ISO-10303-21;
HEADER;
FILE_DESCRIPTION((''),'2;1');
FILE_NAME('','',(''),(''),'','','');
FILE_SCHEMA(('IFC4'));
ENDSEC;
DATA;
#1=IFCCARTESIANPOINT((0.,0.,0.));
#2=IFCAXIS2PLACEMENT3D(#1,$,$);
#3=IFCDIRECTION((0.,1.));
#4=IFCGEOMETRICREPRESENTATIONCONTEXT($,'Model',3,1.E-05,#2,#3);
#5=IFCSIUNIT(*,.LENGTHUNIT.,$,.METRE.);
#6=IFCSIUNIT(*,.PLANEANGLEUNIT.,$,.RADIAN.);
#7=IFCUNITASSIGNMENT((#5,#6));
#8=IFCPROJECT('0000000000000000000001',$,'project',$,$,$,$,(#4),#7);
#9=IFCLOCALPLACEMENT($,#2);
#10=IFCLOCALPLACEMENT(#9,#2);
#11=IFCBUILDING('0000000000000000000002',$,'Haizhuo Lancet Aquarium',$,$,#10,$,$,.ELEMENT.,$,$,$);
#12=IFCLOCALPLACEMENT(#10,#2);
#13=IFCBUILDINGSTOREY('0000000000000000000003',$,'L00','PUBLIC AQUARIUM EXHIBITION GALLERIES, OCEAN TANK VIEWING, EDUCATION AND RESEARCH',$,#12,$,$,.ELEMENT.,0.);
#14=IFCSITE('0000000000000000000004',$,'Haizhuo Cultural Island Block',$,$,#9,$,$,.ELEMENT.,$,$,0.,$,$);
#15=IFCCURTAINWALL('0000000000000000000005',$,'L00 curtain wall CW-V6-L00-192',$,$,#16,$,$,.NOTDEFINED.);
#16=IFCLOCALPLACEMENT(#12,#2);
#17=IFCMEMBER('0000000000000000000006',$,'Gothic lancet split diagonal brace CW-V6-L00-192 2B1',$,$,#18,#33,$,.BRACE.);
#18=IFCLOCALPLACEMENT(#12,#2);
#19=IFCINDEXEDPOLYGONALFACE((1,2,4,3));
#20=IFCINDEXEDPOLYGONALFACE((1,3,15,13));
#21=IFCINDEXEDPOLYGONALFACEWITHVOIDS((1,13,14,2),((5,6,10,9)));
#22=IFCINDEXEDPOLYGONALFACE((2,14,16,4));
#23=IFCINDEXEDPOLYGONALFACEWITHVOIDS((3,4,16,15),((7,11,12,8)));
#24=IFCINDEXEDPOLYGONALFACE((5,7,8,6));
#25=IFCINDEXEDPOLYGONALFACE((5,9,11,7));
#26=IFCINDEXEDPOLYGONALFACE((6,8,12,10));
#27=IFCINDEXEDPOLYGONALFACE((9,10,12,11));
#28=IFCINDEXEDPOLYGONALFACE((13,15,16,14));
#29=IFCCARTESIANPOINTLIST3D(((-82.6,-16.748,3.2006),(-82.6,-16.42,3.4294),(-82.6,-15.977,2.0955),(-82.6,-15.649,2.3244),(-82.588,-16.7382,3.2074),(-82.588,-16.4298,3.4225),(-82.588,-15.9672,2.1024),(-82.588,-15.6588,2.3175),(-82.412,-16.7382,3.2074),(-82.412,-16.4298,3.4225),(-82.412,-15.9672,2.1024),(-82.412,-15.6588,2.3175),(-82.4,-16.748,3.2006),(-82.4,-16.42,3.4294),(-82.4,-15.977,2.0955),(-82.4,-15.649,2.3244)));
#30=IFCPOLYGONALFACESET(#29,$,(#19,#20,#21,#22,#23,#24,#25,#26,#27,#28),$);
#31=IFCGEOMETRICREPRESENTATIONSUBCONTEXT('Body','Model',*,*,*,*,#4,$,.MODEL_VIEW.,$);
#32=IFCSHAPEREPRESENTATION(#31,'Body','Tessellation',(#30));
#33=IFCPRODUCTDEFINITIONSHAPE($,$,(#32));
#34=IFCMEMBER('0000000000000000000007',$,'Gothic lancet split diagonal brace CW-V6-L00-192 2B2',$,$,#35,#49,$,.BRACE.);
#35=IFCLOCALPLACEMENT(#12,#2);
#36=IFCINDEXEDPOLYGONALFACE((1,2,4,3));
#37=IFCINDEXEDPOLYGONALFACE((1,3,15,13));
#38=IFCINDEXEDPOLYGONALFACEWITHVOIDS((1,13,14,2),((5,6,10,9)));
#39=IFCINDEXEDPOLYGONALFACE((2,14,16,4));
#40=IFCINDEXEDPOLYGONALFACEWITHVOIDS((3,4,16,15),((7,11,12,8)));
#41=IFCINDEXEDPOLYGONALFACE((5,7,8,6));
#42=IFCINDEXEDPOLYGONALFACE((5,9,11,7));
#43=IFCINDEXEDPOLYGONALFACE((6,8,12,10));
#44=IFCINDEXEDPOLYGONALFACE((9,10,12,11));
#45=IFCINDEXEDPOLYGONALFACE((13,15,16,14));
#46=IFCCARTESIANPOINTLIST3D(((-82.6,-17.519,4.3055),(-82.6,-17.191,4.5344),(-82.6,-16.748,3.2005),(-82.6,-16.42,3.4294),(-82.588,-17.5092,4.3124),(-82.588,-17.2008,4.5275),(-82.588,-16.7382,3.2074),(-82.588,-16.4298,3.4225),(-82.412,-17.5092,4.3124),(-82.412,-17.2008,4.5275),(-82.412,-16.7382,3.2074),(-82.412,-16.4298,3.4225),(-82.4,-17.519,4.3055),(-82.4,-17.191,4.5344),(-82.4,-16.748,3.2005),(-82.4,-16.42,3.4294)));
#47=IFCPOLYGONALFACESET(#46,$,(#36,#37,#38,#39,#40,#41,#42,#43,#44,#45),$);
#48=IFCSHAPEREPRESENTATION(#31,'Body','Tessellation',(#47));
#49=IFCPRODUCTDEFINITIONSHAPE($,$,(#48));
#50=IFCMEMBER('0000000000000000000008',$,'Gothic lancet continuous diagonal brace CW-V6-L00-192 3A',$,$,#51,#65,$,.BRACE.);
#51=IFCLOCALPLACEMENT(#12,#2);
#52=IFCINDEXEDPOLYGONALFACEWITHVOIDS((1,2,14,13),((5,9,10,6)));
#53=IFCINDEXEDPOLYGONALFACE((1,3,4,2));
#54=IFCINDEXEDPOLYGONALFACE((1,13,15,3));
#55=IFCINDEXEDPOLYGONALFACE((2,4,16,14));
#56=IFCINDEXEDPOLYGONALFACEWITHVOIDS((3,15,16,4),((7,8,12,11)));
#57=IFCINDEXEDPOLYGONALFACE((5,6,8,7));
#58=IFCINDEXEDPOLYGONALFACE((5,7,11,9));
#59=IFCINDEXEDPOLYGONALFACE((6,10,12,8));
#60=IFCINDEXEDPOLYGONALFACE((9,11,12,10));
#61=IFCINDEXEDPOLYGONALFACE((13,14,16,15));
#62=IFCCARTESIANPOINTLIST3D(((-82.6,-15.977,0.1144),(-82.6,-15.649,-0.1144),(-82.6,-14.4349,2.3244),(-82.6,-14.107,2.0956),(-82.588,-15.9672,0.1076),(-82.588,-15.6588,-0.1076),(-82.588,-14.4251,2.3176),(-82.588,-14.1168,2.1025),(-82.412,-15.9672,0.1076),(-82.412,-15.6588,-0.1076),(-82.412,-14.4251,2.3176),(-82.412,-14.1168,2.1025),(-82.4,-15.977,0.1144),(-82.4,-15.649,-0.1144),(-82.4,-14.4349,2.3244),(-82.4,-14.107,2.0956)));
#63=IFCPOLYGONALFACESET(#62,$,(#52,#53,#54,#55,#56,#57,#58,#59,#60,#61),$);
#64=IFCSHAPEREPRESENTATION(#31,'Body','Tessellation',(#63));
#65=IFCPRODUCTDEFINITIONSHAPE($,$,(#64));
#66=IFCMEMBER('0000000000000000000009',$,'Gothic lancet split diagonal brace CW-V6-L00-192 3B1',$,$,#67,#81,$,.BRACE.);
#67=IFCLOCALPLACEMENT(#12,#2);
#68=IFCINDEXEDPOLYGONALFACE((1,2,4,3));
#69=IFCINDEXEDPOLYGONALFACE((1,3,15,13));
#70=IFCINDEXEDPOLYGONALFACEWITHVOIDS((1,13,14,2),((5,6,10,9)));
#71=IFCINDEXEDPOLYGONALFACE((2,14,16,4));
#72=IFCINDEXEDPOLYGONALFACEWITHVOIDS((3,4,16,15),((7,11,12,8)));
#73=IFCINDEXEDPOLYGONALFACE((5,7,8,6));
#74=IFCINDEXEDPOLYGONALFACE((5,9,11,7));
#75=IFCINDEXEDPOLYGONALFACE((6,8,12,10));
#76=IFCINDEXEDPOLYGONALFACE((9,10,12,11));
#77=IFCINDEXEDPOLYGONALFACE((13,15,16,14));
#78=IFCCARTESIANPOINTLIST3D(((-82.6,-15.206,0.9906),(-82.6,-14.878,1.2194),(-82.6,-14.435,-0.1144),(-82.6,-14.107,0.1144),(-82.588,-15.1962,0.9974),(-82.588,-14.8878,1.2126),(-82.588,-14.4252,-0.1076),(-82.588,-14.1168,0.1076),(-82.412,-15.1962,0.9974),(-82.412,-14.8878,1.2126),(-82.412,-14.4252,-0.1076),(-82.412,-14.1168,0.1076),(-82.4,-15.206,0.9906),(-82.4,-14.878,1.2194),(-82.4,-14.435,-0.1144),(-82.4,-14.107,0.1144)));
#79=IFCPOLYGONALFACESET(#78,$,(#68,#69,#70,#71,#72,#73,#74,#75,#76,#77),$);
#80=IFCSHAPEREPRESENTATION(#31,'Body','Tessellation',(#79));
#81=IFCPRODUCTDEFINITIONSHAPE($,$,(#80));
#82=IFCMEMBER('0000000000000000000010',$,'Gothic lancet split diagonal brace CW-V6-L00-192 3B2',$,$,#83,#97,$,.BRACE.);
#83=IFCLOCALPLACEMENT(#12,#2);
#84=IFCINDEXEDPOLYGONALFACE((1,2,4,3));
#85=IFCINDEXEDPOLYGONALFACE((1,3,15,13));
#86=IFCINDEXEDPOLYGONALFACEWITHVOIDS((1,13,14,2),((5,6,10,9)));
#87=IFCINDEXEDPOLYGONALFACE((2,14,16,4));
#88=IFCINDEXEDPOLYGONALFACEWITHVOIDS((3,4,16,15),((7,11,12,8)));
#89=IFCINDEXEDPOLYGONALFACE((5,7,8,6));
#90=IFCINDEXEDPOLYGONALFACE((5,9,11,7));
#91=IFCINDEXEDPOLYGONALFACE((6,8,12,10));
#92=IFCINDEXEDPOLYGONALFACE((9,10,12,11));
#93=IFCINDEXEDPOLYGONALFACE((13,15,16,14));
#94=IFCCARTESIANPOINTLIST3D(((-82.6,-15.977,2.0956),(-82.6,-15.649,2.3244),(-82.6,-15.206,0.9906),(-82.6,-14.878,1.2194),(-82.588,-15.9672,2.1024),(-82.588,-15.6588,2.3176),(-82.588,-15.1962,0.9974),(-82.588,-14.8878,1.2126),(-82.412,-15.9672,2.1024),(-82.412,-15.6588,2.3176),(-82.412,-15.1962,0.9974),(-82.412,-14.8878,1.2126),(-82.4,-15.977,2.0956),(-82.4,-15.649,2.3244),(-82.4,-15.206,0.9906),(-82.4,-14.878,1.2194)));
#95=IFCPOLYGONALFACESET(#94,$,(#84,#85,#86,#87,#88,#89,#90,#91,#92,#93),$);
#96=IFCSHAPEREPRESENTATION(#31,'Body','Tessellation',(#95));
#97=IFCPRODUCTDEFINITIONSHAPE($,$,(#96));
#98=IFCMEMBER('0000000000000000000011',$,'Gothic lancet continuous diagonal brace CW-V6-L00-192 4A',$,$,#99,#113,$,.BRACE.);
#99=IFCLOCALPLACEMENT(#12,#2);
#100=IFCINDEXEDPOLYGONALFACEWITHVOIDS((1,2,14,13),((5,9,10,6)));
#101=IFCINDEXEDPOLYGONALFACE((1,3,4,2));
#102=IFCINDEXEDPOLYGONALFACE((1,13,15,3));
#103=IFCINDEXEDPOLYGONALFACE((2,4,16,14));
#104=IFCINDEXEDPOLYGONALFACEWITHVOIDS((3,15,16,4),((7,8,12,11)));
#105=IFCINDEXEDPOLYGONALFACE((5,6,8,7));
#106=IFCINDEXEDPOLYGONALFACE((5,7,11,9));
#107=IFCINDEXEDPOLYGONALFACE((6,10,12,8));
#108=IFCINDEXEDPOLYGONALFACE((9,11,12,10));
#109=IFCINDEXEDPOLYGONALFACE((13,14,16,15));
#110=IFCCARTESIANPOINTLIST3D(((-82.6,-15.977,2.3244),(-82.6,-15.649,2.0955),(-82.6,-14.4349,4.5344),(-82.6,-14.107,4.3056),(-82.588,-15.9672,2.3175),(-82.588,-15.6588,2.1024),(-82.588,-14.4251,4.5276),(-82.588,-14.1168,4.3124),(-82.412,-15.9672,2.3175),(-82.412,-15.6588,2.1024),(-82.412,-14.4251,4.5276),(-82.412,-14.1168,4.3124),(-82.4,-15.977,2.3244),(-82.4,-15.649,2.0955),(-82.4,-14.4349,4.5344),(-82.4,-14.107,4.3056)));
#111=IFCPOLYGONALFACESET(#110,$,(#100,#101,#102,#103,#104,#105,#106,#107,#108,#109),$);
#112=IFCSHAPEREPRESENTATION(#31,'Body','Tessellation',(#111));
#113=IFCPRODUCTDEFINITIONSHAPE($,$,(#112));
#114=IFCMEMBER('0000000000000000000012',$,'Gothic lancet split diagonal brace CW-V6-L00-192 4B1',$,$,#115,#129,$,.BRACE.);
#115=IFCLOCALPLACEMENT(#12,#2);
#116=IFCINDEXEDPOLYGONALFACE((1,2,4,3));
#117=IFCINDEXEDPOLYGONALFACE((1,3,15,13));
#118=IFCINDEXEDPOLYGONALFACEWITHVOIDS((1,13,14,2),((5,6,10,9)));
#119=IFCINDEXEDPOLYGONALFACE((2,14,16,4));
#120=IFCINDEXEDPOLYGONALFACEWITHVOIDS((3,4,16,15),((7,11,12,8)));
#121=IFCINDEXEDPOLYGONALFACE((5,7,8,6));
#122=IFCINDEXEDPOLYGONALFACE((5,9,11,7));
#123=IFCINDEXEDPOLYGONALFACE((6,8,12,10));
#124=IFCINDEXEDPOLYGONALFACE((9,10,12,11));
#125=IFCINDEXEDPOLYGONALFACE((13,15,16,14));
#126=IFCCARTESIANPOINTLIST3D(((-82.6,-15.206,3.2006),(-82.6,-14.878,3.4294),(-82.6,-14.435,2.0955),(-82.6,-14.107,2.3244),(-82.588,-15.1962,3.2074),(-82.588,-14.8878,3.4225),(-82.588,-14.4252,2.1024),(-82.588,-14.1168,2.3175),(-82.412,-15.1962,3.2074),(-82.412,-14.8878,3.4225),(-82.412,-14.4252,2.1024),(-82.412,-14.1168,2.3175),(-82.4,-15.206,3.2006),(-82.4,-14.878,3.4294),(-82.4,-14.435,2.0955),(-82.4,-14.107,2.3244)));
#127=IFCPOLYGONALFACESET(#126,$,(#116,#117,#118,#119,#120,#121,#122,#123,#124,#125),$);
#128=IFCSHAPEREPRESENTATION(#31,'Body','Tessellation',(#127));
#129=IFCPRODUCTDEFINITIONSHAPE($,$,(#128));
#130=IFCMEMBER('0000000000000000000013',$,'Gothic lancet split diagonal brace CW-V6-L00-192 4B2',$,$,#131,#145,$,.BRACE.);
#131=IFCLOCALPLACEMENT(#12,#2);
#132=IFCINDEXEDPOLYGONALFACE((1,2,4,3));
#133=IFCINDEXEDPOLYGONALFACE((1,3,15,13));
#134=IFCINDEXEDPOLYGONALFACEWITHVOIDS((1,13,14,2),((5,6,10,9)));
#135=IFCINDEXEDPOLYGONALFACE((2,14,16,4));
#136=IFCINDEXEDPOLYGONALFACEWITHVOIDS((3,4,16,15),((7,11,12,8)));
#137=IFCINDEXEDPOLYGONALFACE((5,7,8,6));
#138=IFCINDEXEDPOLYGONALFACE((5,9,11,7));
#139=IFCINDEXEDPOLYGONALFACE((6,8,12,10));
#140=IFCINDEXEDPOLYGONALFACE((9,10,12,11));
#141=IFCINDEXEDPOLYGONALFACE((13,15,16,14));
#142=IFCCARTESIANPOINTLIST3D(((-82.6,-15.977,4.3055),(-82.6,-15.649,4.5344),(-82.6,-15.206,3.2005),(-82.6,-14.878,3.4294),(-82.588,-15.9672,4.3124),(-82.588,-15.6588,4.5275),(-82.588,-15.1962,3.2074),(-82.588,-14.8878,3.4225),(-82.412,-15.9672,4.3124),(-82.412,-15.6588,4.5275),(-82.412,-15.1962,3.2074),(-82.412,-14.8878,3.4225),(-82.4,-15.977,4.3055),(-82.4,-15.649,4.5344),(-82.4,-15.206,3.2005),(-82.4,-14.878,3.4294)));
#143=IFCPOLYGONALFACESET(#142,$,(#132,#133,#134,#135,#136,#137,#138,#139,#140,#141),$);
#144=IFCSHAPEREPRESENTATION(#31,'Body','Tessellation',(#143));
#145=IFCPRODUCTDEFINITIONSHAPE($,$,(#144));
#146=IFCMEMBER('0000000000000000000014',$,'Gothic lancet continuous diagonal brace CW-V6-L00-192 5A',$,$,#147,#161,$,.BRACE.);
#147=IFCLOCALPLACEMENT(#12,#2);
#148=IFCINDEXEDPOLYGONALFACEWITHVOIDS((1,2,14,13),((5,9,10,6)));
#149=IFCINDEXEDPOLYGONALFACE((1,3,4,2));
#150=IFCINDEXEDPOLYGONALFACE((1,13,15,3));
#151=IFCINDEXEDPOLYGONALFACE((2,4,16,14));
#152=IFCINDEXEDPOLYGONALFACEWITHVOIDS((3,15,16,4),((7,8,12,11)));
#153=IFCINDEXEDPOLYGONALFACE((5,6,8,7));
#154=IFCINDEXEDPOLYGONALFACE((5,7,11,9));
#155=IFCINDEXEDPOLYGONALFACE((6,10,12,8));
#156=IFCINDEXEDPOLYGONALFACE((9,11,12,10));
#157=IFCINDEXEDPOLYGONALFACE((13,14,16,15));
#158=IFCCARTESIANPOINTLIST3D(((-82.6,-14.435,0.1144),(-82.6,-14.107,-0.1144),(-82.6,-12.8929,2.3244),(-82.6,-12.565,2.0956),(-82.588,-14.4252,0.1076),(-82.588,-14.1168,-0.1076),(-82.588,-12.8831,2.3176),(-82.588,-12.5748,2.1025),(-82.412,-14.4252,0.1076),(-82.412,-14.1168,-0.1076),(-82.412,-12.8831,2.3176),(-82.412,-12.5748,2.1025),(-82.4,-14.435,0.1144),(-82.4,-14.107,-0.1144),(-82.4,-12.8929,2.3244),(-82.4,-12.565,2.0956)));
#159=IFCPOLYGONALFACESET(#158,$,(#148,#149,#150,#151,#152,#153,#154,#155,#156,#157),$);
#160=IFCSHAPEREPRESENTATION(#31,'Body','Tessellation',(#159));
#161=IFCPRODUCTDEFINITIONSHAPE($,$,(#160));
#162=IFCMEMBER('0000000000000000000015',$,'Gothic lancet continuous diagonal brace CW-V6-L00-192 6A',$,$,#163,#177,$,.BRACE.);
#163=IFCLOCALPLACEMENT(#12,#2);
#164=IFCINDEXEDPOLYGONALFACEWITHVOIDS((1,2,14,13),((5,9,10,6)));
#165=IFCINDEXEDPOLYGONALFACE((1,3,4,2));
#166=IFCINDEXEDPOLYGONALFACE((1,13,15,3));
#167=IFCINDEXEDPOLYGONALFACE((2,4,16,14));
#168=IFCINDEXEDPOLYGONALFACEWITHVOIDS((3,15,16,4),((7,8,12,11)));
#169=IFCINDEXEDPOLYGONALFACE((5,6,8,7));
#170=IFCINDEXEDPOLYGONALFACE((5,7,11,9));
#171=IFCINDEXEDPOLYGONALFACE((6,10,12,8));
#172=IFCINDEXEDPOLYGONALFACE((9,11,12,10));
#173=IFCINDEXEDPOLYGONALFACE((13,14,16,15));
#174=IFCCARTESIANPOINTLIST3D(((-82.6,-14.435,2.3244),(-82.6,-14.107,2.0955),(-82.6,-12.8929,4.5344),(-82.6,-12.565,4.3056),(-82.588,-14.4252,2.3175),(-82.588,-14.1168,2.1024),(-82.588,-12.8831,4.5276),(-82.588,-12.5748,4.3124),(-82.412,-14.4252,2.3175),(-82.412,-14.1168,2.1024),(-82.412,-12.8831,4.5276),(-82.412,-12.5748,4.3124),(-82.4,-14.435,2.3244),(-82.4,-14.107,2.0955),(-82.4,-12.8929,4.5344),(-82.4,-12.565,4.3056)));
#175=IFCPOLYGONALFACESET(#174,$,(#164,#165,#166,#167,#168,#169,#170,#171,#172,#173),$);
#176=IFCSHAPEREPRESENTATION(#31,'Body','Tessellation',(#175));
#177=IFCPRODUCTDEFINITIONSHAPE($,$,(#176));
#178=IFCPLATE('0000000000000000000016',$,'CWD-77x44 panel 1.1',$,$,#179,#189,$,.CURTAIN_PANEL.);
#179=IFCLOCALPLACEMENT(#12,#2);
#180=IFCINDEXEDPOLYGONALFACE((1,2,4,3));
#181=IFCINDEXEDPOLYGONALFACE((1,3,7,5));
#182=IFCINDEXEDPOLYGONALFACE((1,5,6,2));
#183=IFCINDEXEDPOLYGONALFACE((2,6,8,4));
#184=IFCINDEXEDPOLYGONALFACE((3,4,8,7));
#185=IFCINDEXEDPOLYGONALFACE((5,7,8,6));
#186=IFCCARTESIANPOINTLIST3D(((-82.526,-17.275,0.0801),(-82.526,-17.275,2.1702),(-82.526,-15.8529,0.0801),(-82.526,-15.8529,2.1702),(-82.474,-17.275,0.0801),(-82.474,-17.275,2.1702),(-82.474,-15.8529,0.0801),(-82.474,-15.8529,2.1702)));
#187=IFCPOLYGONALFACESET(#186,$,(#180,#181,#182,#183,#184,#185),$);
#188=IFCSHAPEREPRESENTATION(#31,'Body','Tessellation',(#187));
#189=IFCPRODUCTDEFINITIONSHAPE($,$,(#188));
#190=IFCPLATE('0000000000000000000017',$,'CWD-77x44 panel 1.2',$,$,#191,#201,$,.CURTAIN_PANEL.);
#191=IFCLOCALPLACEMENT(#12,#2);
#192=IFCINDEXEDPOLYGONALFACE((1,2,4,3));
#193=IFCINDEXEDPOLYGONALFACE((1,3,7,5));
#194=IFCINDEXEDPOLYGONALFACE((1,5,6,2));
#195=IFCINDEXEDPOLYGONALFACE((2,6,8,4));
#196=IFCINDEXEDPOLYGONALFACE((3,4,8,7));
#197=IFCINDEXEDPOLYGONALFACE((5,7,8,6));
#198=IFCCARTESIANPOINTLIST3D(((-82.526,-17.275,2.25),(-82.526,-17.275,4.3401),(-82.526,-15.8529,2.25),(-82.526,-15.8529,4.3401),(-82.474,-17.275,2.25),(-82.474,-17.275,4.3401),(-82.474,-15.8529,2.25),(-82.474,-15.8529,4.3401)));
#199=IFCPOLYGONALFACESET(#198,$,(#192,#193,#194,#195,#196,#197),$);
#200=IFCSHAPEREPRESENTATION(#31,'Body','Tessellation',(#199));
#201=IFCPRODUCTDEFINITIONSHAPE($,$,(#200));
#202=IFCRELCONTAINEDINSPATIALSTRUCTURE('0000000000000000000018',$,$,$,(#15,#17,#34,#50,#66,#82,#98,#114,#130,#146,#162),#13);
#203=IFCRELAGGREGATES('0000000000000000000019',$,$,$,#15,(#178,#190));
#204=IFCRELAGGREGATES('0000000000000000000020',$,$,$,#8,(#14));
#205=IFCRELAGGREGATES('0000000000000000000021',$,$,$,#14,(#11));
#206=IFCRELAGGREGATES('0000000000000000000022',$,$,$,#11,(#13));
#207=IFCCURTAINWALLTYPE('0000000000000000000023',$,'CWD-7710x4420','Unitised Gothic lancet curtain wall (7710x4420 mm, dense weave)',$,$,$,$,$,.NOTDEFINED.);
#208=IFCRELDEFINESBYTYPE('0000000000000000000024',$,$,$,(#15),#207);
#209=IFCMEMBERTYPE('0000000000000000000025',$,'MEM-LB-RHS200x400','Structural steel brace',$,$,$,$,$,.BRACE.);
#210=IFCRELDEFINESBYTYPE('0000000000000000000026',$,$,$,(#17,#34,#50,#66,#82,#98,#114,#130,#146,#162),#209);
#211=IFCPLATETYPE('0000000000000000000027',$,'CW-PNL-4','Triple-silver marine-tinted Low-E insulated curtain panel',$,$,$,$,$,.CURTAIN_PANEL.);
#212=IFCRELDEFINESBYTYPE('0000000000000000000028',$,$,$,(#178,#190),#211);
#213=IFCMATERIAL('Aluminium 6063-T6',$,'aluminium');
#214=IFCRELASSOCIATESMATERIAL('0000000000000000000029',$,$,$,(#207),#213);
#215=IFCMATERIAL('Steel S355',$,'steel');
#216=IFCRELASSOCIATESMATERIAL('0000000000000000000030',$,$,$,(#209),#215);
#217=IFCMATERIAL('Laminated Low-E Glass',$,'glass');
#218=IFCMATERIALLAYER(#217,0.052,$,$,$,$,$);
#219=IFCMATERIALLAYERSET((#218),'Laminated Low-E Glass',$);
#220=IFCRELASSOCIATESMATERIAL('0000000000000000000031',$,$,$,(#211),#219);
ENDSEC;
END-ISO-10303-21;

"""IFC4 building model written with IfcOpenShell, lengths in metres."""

from ifc_helpers import new_model, si_unit, direction, frame, origin, origin_2d, place, context, subcontext, project, spatial, rectangle, hollow_rectangle, extrude, material, layer, layer_set, material_profile, profile_set, type_object, element, aggregate, save


model = new_model("IFC4")

# Units and contexts
model_context = context("Model", 3, precision=1e-05, world=origin(), true_north=direction((0.0, 1.0)))
body_context = subcontext(model_context, "Body", "Model", "MODEL_VIEW")
ifc_project = project(units=[si_unit("LENGTHUNIT", "METRE"), si_unit("PLANEANGLEUNIT", "RADIAN")], contexts=[model_context])

# Site, building, storey
site_placement = place(None, origin())
site = spatial("IfcSite", under=ifc_project, at=site_placement, Name="Haizhuo Cultural Island Block", CompositionType="ELEMENT", RefElevation=0.0)
building_placement = place(site_placement, origin())
building = spatial("IfcBuilding", under=site, at=building_placement, Name="Haizhuo Lancet Aquarium", CompositionType="ELEMENT")
storey_placement = place(building_placement, origin())
storey = spatial("IfcBuildingStorey", under=building, at=storey_placement, Name="L00", Description="PUBLIC AQUARIUM EXHIBITION GALLERIES, OCEAN TANK VIEWING, EDUCATION AND RESEARCH", CompositionType="ELEMENT", Elevation=0.0)

# Shared definitions
ifc_material_1 = material(Name="Steel S355", Category="steel")

# Curtain wall
ifc_material_2 = material(Name="Aluminium 6063-T6", Category="aluminium")
curtain_wall_type = type_object("IfcCurtainWallType", Name="CWD-7710x4420", Description="Unitised Gothic lancet curtain wall (7710x4420 mm, dense weave)", PredefinedType="NOTDEFINED", material=ifc_material_2)
curtain_wall_placement = place(storey_placement, origin())
curtain_wall = element("IfcCurtainWall", 1, at=curtain_wall_placement, inside=storey, type_object=curtain_wall_type, Name="L00 curtain wall CW-V6-L00-192", PredefinedType="NOTDEFINED")

# Members
ifc_material_profile_1 = material_profile(ifc_material_1, hollow_rectangle(XDim=0.2, YDim=0.3999, WallThickness=0.012, at=origin_2d()), Name="RHS 200x400x12")
ifc_profile_set_1 = profile_set([ifc_material_profile_1], Name="Steel S355")
member_type_1 = type_object("IfcMemberType", Name="MEM-LB-RHS200x400", Description="Structural steel brace", PredefinedType="BRACE", material=ifc_profile_set_1)
for number, where, z_axis, x_axis, name in (
    (2, (-82.5, -15.813, 2.21), (0.0, -0.572221, 0.820099), (1.0, 0.0, 0.0), "Gothic lancet split diagonal brace CW-V6-L00-192 2B1"),
    (3, (-82.5, -16.584, 3.3149), (0.0, -0.572221, 0.820099), (1.0, 0.0, 0.0), "Gothic lancet split diagonal brace CW-V6-L00-192 2B2"),
):
    element("IfcMember", number, at=place(storey_placement, frame(where, z_axis=z_axis, x_axis=x_axis)), inside=storey, type_object=member_type_1, Name=name, PredefinedType="BRACE", context=body_context, shape_type="SweptSolid", body=[
        extrude(hollow_rectangle(XDim=0.2, YDim=0.3999, WallThickness=0.012, at=origin_2d()), origin(), (0.0, 0.0, 1.0), 1.3474),
    ])
member_1_placement = place(storey_placement, frame((-82.5, -15.813, 0.0), z_axis=(0.0, 0.572221, 0.820099), x_axis=(-1.0, 0.0, 0.0)))
element("IfcMember", 4, at=member_1_placement, inside=storey, type_object=member_type_1, Name="Gothic lancet continuous diagonal brace CW-V6-L00-192 3A", PredefinedType="BRACE", context=body_context, shape_type="SweptSolid", body=[
    extrude(hollow_rectangle(XDim=0.2, YDim=0.3999, WallThickness=0.012, at=origin_2d()), origin(), (0.0, 0.0, 1.0), 2.6948),
])
for number, where, z_axis, x_axis, name in (
    (5, (-82.5, -14.271, 0.0), (0.0, -0.572221, 0.820099), (1.0, 0.0, 0.0), "Gothic lancet split diagonal brace CW-V6-L00-192 3B1"),
    (6, (-82.5, -15.042, 1.105), (0.0, -0.572221, 0.820099), (1.0, 0.0, 0.0), "Gothic lancet split diagonal brace CW-V6-L00-192 3B2"),
):
    element("IfcMember", number, at=place(storey_placement, frame(where, z_axis=z_axis, x_axis=x_axis)), inside=storey, type_object=member_type_1, Name=name, PredefinedType="BRACE", context=body_context, shape_type="SweptSolid", body=[
        extrude(hollow_rectangle(XDim=0.2, YDim=0.3999, WallThickness=0.012, at=origin_2d()), origin(), (0.0, 0.0, 1.0), 1.3474),
    ])
member_2_placement = place(storey_placement, frame((-82.5, -15.813, 2.21), z_axis=(0.0, 0.572221, 0.820099), x_axis=(-1.0, 0.0, 0.0)))
element("IfcMember", 7, at=member_2_placement, inside=storey, type_object=member_type_1, Name="Gothic lancet continuous diagonal brace CW-V6-L00-192 4A", PredefinedType="BRACE", context=body_context, shape_type="SweptSolid", body=[
    extrude(hollow_rectangle(XDim=0.2, YDim=0.3999, WallThickness=0.012, at=origin_2d()), origin(), (0.0, 0.0, 1.0), 2.6948),
])
for number, where, z_axis, x_axis, name in (
    (8, (-82.5, -14.271, 2.21), (0.0, -0.572221, 0.820099), (1.0, 0.0, 0.0), "Gothic lancet split diagonal brace CW-V6-L00-192 4B1"),
    (9, (-82.5, -15.042, 3.3149), (0.0, -0.572221, 0.820099), (1.0, 0.0, 0.0), "Gothic lancet split diagonal brace CW-V6-L00-192 4B2"),
):
    element("IfcMember", number, at=place(storey_placement, frame(where, z_axis=z_axis, x_axis=x_axis)), inside=storey, type_object=member_type_1, Name=name, PredefinedType="BRACE", context=body_context, shape_type="SweptSolid", body=[
        extrude(hollow_rectangle(XDim=0.2, YDim=0.3999, WallThickness=0.012, at=origin_2d()), origin(), (0.0, 0.0, 1.0), 1.3474),
    ])
for number, where, z_axis, x_axis, name in (
    (10, (-82.5, -14.271, 0.0), (0.0, 0.572221, 0.820099), (-1.0, 0.0, 0.0), "Gothic lancet continuous diagonal brace CW-V6-L00-192 5A"),
    (11, (-82.5, -14.271, 2.21), (0.0, 0.572221, 0.820099), (-1.0, 0.0, 0.0), "Gothic lancet continuous diagonal brace CW-V6-L00-192 6A"),
):
    element("IfcMember", number, at=place(storey_placement, frame(where, z_axis=z_axis, x_axis=x_axis)), inside=storey, type_object=member_type_1, Name=name, PredefinedType="BRACE", context=body_context, shape_type="SweptSolid", body=[
        extrude(hollow_rectangle(XDim=0.2, YDim=0.3999, WallThickness=0.012, at=origin_2d()), origin(), (0.0, 0.0, 1.0), 2.6948),
    ])

# Plates
ifc_material_3 = material(Name="Laminated Low-E Glass", Category="glass")
ifc_layer_1 = layer(ifc_material_3, 0.052)
ifc_layer_set_1 = layer_set([ifc_layer_1], Name="Laminated Low-E Glass")
plate_type = type_object("IfcPlateType", Name="CW-PNL-4", Description="Triple-silver marine-tinted Low-E insulated curtain panel", PredefinedType="CURTAIN_PANEL", material=ifc_layer_set_1)
plate_1_placement = place(storey_placement, frame((-82.5, -16.564, 0.0801), z_axis=(0.0, 0.0, 1.0), x_axis=(0.0, 1.0, 0.0)))
plate_1 = element("IfcPlate", 12, at=plate_1_placement, type_object=plate_type, Name="CWD-77x44 panel 1.1", PredefinedType="CURTAIN_PANEL", context=body_context, shape_type="SweptSolid", body=[
    extrude(rectangle(XDim=1.4221, YDim=0.052, at=origin_2d()), origin(), (0.0, 0.0, 1.0), 2.0901),
])
plate_2_placement = place(storey_placement, frame((-82.5, -16.564, 2.25), z_axis=(0.0, 0.0, 1.0), x_axis=(0.0, 1.0, 0.0)))
plate_2 = element("IfcPlate", 13, at=plate_2_placement, type_object=plate_type, Name="CWD-77x44 panel 1.2", PredefinedType="CURTAIN_PANEL", context=body_context, shape_type="SweptSolid", body=[
    extrude(rectangle(XDim=1.4221, YDim=0.052, at=origin_2d()), origin(), (0.0, 0.0, 1.0), 2.0901),
])
aggregate(curtain_wall, [plate_1, plate_2])

save(model, "model.ifc")
